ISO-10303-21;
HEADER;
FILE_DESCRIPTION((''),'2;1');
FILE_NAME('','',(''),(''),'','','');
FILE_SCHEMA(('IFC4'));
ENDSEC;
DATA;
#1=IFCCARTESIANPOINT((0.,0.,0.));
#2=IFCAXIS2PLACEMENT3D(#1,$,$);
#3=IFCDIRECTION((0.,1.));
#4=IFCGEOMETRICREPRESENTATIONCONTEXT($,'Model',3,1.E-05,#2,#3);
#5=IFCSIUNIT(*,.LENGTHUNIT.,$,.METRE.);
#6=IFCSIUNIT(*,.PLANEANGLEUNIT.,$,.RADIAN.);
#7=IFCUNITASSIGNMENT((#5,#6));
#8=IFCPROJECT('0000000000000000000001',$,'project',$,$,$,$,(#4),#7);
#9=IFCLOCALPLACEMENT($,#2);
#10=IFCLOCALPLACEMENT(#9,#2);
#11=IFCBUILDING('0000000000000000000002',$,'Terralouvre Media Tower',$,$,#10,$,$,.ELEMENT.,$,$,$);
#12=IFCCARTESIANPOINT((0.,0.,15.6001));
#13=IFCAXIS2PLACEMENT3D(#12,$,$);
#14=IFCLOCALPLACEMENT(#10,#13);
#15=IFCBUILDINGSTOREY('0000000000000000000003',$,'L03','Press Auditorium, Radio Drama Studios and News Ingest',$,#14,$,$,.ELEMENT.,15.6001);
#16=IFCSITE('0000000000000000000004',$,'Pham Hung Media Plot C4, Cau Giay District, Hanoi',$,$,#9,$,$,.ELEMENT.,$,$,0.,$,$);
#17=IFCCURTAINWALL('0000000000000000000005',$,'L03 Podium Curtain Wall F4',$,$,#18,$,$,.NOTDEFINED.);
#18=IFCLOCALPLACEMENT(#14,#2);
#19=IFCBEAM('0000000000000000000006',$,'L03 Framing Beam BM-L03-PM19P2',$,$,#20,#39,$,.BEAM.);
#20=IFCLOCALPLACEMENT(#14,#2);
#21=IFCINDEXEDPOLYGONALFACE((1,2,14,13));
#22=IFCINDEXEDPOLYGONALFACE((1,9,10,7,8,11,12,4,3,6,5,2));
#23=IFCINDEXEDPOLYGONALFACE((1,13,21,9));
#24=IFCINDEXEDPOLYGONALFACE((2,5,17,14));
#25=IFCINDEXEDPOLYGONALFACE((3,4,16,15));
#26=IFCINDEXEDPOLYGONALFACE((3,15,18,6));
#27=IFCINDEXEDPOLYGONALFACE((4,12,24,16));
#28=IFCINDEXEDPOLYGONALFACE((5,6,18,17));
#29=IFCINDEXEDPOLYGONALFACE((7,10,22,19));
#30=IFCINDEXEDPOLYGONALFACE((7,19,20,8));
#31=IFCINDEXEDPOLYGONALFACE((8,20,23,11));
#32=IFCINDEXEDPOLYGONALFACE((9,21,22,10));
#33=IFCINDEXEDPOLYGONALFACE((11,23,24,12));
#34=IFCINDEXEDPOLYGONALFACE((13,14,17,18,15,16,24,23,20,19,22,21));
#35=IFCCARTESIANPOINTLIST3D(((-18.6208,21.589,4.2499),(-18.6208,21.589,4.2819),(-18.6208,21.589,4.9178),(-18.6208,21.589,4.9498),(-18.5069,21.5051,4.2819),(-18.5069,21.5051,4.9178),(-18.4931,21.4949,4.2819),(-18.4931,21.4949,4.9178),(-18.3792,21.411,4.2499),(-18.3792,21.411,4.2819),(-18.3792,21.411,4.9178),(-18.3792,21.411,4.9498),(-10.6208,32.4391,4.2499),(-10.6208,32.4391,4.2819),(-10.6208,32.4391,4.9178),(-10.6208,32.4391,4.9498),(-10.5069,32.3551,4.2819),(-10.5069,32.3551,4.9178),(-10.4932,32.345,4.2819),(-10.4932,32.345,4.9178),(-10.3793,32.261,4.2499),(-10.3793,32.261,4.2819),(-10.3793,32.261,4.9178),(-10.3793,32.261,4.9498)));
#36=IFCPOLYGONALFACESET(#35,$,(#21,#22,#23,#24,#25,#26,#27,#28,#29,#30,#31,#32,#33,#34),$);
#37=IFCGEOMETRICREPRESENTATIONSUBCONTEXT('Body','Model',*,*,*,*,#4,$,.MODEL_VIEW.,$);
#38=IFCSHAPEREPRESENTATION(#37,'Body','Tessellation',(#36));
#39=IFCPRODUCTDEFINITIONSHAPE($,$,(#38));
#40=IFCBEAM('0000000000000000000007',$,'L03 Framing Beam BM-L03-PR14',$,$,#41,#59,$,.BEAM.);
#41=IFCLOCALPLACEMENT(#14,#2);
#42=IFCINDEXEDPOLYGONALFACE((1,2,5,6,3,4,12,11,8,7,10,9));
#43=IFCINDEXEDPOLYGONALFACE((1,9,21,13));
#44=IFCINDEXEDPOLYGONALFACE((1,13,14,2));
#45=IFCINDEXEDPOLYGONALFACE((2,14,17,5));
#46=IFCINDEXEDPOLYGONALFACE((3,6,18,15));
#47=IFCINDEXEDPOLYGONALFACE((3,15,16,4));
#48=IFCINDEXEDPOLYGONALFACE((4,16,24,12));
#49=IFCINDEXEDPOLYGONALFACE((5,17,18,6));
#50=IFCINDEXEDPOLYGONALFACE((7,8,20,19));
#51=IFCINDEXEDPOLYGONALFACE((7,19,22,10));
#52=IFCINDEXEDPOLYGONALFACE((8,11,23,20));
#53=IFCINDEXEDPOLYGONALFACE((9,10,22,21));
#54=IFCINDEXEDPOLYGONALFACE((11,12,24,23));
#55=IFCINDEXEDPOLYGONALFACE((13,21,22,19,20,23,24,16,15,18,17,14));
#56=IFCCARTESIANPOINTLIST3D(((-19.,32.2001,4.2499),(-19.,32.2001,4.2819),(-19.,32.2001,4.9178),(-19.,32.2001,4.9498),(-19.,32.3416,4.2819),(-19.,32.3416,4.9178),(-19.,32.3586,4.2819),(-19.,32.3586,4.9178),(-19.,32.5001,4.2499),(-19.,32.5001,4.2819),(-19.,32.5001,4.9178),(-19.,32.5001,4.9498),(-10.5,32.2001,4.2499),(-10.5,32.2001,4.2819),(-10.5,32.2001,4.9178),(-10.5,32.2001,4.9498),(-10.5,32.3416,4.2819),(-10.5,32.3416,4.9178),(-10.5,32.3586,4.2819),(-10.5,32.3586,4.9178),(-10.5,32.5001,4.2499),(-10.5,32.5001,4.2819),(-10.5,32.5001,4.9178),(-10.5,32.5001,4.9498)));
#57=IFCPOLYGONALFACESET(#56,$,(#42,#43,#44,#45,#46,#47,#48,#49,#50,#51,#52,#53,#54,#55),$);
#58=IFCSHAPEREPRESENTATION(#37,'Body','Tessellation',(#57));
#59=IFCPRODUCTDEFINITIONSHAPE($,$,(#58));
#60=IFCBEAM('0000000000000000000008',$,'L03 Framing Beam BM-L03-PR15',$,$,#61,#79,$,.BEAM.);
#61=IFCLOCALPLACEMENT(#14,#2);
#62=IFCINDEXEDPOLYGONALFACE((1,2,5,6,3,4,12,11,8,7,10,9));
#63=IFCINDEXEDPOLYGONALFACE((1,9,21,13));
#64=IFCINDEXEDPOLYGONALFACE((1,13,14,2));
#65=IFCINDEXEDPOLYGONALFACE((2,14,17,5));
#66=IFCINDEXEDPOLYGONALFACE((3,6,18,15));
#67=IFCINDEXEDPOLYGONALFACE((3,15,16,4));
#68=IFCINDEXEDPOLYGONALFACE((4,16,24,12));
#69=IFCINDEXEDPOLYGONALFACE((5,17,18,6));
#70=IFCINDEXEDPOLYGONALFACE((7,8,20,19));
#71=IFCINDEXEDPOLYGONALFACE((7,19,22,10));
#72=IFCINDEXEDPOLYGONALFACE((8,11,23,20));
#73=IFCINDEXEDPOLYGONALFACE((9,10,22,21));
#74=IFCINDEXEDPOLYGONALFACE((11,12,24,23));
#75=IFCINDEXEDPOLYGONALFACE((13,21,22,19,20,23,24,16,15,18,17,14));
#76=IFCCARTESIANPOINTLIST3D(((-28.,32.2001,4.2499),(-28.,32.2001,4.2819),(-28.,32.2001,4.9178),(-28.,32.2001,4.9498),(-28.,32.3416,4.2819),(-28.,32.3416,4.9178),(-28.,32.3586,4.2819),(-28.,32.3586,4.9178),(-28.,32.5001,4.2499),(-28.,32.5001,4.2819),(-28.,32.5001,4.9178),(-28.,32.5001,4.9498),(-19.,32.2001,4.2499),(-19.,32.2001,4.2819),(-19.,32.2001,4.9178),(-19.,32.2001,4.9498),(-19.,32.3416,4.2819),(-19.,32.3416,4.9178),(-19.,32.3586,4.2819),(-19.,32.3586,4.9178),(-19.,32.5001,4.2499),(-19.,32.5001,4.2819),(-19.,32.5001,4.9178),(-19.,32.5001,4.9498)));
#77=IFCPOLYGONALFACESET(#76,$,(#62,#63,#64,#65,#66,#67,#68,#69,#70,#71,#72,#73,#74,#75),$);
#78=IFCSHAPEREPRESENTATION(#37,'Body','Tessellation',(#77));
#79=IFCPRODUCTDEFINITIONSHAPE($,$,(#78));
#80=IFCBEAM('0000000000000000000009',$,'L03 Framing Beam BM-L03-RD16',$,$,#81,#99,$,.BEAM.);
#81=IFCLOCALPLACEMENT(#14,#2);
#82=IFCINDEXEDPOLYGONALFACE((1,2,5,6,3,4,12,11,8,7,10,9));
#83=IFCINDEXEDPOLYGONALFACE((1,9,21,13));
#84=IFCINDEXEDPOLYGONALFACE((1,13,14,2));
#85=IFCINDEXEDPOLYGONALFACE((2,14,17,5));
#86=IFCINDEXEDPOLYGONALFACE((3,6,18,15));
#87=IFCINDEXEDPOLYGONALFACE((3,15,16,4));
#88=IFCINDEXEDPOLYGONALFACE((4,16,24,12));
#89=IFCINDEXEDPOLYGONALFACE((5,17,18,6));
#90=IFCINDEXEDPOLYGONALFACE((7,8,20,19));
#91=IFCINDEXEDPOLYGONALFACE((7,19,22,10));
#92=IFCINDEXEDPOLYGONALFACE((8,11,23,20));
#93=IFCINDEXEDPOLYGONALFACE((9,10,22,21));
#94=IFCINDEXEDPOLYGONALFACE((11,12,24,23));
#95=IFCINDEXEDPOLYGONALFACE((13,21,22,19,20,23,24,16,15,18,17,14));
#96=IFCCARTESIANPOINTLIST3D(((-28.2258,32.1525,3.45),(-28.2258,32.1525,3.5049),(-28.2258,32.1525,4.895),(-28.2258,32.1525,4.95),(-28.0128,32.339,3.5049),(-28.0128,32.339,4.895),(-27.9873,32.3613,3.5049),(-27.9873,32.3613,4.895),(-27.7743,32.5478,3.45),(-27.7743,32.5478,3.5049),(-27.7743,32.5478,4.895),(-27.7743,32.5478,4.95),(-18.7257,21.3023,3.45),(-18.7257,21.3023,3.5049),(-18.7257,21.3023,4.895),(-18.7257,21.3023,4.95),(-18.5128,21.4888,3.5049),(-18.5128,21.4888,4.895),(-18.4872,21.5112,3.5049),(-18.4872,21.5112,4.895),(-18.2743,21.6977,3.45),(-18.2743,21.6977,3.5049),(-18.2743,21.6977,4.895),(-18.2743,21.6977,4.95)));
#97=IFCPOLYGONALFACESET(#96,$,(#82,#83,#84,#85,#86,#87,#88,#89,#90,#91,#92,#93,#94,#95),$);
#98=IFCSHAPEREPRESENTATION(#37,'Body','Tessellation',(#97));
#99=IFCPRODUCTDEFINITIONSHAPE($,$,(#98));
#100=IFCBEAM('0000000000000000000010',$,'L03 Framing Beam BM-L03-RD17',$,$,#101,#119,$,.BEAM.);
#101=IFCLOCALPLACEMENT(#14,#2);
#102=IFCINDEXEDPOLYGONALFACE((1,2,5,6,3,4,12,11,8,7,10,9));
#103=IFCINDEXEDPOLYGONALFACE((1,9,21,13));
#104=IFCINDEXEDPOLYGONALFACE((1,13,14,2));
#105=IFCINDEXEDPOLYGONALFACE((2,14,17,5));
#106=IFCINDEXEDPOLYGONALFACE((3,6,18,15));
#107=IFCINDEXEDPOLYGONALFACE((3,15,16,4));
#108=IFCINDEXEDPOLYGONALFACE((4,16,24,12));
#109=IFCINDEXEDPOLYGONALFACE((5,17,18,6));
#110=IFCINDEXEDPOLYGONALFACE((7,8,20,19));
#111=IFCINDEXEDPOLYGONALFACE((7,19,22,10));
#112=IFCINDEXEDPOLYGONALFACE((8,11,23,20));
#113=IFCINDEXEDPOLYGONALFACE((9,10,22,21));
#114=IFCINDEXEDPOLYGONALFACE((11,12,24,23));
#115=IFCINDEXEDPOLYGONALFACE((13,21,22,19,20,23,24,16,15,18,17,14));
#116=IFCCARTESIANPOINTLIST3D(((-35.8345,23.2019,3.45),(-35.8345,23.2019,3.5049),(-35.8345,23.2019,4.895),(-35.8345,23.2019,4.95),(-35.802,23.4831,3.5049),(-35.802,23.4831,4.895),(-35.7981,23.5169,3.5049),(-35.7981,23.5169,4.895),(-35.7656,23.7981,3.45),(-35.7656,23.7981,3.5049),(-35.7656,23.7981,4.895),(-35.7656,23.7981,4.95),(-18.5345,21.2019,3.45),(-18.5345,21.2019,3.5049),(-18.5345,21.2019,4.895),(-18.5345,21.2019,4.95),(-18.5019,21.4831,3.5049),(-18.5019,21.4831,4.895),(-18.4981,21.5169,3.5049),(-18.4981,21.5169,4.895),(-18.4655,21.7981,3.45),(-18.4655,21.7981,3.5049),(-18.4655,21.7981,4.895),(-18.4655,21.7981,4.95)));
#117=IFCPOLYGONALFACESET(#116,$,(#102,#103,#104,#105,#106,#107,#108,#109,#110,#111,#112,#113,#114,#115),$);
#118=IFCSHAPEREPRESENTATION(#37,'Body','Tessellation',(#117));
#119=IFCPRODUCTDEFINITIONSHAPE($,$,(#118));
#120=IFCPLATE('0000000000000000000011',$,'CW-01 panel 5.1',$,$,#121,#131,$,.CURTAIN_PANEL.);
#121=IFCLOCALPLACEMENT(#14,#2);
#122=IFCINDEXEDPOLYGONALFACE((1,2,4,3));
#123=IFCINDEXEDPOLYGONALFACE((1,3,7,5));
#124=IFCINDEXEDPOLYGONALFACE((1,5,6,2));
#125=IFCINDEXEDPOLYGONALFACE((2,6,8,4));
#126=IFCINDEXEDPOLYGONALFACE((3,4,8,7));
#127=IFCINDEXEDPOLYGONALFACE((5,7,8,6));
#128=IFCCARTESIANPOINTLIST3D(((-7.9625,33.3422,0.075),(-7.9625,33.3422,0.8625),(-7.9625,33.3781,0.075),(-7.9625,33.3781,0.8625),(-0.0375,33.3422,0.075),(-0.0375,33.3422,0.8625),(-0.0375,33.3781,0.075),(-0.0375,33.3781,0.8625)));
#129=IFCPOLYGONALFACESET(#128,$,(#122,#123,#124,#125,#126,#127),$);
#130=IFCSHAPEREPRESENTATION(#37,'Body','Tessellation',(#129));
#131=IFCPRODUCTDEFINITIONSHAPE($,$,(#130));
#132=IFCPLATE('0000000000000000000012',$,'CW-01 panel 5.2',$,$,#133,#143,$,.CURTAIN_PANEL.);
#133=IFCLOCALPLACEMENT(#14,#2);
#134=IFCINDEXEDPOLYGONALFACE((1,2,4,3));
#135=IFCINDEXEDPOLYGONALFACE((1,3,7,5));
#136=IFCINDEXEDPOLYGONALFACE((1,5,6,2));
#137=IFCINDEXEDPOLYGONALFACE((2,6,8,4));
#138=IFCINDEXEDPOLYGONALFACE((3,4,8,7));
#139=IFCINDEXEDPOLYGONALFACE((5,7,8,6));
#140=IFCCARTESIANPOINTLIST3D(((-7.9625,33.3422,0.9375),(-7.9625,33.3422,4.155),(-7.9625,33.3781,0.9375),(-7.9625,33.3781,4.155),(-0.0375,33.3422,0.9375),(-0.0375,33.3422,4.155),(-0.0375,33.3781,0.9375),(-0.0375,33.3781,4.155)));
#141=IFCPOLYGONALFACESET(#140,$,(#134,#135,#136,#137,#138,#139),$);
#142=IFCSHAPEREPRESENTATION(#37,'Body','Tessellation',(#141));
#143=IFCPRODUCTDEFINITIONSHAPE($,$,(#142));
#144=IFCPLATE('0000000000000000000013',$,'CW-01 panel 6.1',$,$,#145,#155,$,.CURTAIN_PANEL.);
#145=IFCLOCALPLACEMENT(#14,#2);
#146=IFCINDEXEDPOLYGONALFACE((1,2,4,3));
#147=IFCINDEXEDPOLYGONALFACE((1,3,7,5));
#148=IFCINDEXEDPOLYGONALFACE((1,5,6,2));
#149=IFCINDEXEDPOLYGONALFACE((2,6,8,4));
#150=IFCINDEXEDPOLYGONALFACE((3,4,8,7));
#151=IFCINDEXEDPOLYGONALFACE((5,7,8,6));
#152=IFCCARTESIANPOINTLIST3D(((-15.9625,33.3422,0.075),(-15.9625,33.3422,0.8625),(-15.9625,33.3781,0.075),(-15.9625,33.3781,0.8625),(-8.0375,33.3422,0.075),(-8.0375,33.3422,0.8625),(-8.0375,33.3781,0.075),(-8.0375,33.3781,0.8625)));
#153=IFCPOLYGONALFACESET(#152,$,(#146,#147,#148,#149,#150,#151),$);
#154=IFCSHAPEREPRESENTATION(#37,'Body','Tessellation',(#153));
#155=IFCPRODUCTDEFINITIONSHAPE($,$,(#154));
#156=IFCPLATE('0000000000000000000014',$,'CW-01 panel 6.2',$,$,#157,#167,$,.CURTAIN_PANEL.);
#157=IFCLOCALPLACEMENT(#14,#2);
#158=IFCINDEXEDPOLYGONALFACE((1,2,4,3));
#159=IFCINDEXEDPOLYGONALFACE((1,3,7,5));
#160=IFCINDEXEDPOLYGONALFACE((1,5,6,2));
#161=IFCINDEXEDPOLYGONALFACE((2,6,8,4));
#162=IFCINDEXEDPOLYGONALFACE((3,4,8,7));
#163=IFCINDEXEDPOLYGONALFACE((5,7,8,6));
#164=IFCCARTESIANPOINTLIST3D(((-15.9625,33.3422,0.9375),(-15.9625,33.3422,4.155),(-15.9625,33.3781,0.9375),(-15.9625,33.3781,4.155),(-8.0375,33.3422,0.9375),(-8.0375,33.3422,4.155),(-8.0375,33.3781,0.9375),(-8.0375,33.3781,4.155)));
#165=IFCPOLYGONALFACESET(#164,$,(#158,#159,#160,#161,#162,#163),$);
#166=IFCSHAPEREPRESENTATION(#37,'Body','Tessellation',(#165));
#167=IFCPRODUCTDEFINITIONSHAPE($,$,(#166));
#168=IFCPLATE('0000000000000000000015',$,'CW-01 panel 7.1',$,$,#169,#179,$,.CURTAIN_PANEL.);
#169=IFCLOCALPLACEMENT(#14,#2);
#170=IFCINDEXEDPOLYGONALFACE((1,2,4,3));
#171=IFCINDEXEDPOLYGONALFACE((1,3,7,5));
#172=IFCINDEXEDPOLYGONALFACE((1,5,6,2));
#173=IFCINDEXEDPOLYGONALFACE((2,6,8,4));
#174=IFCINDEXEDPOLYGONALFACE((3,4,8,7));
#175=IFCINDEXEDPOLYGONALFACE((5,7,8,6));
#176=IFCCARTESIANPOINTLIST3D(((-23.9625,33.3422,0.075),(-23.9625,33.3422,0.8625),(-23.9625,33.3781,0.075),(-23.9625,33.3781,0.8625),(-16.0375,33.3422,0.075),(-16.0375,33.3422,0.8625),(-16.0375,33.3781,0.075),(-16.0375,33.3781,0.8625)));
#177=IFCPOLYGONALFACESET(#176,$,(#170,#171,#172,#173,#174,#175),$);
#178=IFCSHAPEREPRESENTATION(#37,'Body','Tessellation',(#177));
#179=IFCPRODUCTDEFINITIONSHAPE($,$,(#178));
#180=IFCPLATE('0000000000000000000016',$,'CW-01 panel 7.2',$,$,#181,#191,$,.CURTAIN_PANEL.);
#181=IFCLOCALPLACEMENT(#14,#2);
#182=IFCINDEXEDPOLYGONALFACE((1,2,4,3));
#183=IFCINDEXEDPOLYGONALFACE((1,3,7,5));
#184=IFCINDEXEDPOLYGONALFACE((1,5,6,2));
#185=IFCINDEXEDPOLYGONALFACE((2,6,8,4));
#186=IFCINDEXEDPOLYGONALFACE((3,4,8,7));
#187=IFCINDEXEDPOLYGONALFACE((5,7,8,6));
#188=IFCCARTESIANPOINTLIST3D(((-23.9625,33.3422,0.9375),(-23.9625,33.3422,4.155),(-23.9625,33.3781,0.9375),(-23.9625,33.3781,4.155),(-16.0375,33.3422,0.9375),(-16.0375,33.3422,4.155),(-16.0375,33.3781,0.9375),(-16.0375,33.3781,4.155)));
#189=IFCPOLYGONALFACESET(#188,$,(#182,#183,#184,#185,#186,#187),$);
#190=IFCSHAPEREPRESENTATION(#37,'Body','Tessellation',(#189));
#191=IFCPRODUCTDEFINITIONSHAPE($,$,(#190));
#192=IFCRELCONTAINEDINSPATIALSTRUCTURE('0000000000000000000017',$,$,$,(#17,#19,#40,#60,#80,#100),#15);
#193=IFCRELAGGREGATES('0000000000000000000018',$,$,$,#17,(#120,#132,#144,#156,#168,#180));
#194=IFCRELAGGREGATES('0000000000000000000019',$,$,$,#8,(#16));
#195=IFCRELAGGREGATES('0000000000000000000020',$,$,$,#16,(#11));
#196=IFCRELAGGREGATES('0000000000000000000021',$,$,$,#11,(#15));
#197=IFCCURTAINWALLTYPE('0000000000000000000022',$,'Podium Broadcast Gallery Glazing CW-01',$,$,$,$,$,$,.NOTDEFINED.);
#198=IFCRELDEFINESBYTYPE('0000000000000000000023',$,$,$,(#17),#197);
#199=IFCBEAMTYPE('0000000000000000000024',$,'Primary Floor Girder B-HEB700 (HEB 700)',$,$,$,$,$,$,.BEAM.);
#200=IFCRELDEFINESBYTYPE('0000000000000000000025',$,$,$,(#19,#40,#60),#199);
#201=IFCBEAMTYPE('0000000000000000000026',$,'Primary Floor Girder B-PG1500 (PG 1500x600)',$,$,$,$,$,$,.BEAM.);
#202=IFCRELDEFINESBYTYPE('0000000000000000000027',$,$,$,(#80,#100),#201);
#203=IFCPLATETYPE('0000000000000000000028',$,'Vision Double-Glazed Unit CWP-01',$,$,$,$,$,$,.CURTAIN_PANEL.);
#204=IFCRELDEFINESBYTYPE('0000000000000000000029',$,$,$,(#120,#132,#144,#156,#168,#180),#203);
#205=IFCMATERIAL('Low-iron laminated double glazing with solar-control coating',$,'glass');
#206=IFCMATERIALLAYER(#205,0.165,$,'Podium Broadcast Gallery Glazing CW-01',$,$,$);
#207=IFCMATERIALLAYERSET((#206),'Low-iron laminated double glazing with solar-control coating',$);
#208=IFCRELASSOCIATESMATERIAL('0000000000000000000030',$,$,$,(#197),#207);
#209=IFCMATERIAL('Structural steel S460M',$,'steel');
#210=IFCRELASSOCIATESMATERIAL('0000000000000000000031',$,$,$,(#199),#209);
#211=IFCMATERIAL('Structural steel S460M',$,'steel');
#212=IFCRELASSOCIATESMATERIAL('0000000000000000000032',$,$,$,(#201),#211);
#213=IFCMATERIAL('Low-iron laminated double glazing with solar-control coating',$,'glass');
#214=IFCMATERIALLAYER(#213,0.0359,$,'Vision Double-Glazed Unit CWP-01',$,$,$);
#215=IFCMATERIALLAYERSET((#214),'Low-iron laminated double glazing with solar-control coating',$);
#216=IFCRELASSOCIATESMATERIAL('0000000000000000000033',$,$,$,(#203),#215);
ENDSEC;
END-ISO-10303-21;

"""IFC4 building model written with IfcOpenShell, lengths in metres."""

from ifc_helpers import new_model, si_unit, direction, frame, origin, origin_2d, place, context, subcontext, project, spatial, rectangle, i_section, extrude, material, layer, layer_set, material_profile, profile_set, type_object, element, aggregate, save


model = new_model("IFC4")

# Units and contexts
model_context = context("Model", 3, precision=1e-05, world=origin(), true_north=direction((0.0, 1.0)))
body_context = subcontext(model_context, "Body", "Model", "MODEL_VIEW")
ifc_project = project(units=[si_unit("LENGTHUNIT", "METRE"), si_unit("PLANEANGLEUNIT", "RADIAN")], contexts=[model_context])

# Site, building, storey
site_placement = place(None, origin())
site = spatial("IfcSite", under=ifc_project, at=site_placement, Name="Pham Hung Media Plot C4, Cau Giay District, Hanoi", CompositionType="ELEMENT", RefElevation=0.0)
building_placement = place(site_placement, origin())
building = spatial("IfcBuilding", under=site, at=building_placement, Name="Terralouvre Media Tower", CompositionType="ELEMENT")
storey_placement = place(building_placement, frame((0.0, 0.0, 15.6001)))
storey = spatial("IfcBuildingStorey", under=building, at=storey_placement, Name="L03", Description="Press Auditorium, Radio Drama Studios and News Ingest", CompositionType="ELEMENT", Elevation=15.6001)

# Curtain wall
ifc_material_1 = material(Name="Low-iron laminated double glazing with solar-control coating", Category="glass")
ifc_layer_1 = layer(ifc_material_1, 0.165, Name="Podium Broadcast Gallery Glazing CW-01")
ifc_layer_set_1 = layer_set([ifc_layer_1], Name="Low-iron laminated double glazing with solar-control coating")
curtain_wall_type = type_object("IfcCurtainWallType", Name="Podium Broadcast Gallery Glazing CW-01", PredefinedType="NOTDEFINED", material=ifc_layer_set_1)
curtain_wall_placement = place(storey_placement, origin())
curtain_wall = element("IfcCurtainWall", 1, at=curtain_wall_placement, inside=storey, type_object=curtain_wall_type, Name="L03 Podium Curtain Wall F4", PredefinedType="NOTDEFINED")

# Beams
ifc_material_2 = material(Name="Structural steel S460M", Category="steel")
ifc_material_profile_1 = material_profile(ifc_material_2, i_section(OverallWidth=0.3, OverallDepth=0.7, WebThickness=0.0171, FlangeThickness=0.032, at=origin_2d()), Name="HEB 700")
ifc_profile_set_1 = profile_set([ifc_material_profile_1], Name="Structural steel S460M")
beam_type_1 = type_object("IfcBeamType", Name="Primary Floor Girder B-HEB700 (HEB 700)", PredefinedType="BEAM", material=ifc_profile_set_1)
beam_1_placement = place(storey_placement, frame((-18.5, 21.5, 4.5999), z_axis=(0.593449, 0.804872, 0.0), x_axis=(-0.804872, 0.593449, 0.0)))
element("IfcBeam", 2, at=beam_1_placement, inside=storey, type_object=beam_type_1, Name="L03 Framing Beam BM-L03-PM19P2", PredefinedType="BEAM", context=body_context, shape_type="SweptSolid", body=[
    extrude(i_section(OverallWidth=0.3, OverallDepth=0.7, WebThickness=0.0171, FlangeThickness=0.032, at=origin_2d()), origin(), (0.0, 0.0, 1.0), 13.4805),
])
beam_2_placement = place(storey_placement, frame((-10.5, 32.3501, 4.5999), z_axis=(-1.0, 0.0, 0.0), x_axis=(0.0, -1.0, 0.0)))
element("IfcBeam", 3, at=beam_2_placement, inside=storey, type_object=beam_type_1, Name="L03 Framing Beam BM-L03-PR14", PredefinedType="BEAM", context=body_context, shape_type="SweptSolid", body=[
    extrude(i_section(OverallWidth=0.3, OverallDepth=0.7, WebThickness=0.0171, FlangeThickness=0.032, at=origin_2d()), origin(), (0.0, 0.0, 1.0), 8.5),
])
beam_3_placement = place(storey_placement, frame((-19.0, 32.3501, 4.5999), z_axis=(-1.0, 0.0, 0.0), x_axis=(0.0, -1.0, 0.0)))
element("IfcBeam", 4, at=beam_3_placement, inside=storey, type_object=beam_type_1, Name="L03 Framing Beam BM-L03-PR15", PredefinedType="BEAM", context=body_context, shape_type="SweptSolid", body=[
    extrude(i_section(OverallWidth=0.3, OverallDepth=0.7, WebThickness=0.0171, FlangeThickness=0.032, at=origin_2d()), origin(), (0.0, 0.0, 1.0), 9.0),
])
ifc_material_3 = material(Name="Structural steel S460M", Category="steel")
ifc_material_profile_2 = material_profile(ifc_material_3, i_section(OverallWidth=0.6001, OverallDepth=1.5, WebThickness=0.0339, FlangeThickness=0.0549, at=origin_2d()), Name="PG 1500x600")
ifc_profile_set_2 = profile_set([ifc_material_profile_2], Name="Structural steel S460M")
beam_type_2 = type_object("IfcBeamType", Name="Primary Floor Girder B-PG1500 (PG 1500x600)", PredefinedType="BEAM", material=ifc_profile_set_2)
beam_4_placement = place(storey_placement, frame((-18.5, 21.5, 4.2), z_axis=(-0.658747, 0.752365, 0.0), x_axis=(-0.752365, -0.658747, 0.0)))
element("IfcBeam", 5, at=beam_4_placement, inside=storey, type_object=beam_type_2, Name="L03 Framing Beam BM-L03-RD16", PredefinedType="BEAM", context=body_context, shape_type="SweptSolid", body=[
    extrude(i_section(OverallWidth=0.6001, OverallDepth=1.5, WebThickness=0.0339, FlangeThickness=0.0549, at=origin_2d()), origin(), (0.0, 0.0, 1.0), 14.4214),
])
beam_5_placement = place(storey_placement, frame((-18.5, 21.5, 4.2), z_axis=(-0.993384, 0.114842, 0.0), x_axis=(-0.114842, -0.993384, 0.0)))
element("IfcBeam", 6, at=beam_5_placement, inside=storey, type_object=beam_type_2, Name="L03 Framing Beam BM-L03-RD17", PredefinedType="BEAM", context=body_context, shape_type="SweptSolid", body=[
    extrude(i_section(OverallWidth=0.6001, OverallDepth=1.5, WebThickness=0.0339, FlangeThickness=0.0549, at=origin_2d()), origin(), (0.0, 0.0, 1.0), 17.4153),
])

# Plates
ifc_material_4 = material(Name="Low-iron laminated double glazing with solar-control coating", Category="glass")
ifc_layer_2 = layer(ifc_material_4, 0.0359, Name="Vision Double-Glazed Unit CWP-01")
ifc_layer_set_2 = layer_set([ifc_layer_2], Name="Low-iron laminated double glazing with solar-control coating")
plate_type = type_object("IfcPlateType", Name="Vision Double-Glazed Unit CWP-01", PredefinedType="CURTAIN_PANEL", material=ifc_layer_set_2)
plate_1_placement = place(storey_placement, frame((-4.0, 33.3601, 0.075), z_axis=(0.0, 0.0, 1.0), x_axis=(-1.0, 0.0, 0.0)))
plate_1 = element("IfcPlate", 7, at=plate_1_placement, type_object=plate_type, Name="CW-01 panel 5.1", PredefinedType="CURTAIN_PANEL", context=body_context, shape_type="SweptSolid", body=[
    extrude(rectangle(XDim=7.925, YDim=0.0359, at=origin_2d()), origin(), (0.0, 0.0, 1.0), 0.7876),
])
plate_2_placement = place(storey_placement, frame((-4.0, 33.3601, 0.9375), z_axis=(0.0, 0.0, 1.0), x_axis=(-1.0, 0.0, 0.0)))
plate_2 = element("IfcPlate", 8, at=plate_2_placement, type_object=plate_type, Name="CW-01 panel 5.2", PredefinedType="CURTAIN_PANEL", context=body_context, shape_type="SweptSolid", body=[
    extrude(rectangle(XDim=7.925, YDim=0.0359, at=origin_2d()), origin(), (0.0, 0.0, 1.0), 3.2175),
])
plate_3_placement = place(storey_placement, frame((-12.0, 33.3601, 0.075), z_axis=(0.0, 0.0, 1.0), x_axis=(-1.0, 0.0, 0.0)))
plate_3 = element("IfcPlate", 9, at=plate_3_placement, type_object=plate_type, Name="CW-01 panel 6.1", PredefinedType="CURTAIN_PANEL", context=body_context, shape_type="SweptSolid", body=[
    extrude(rectangle(XDim=7.925, YDim=0.0359, at=origin_2d()), origin(), (0.0, 0.0, 1.0), 0.7876),
])
plate_4_placement = place(storey_placement, frame((-12.0, 33.3601, 0.9375), z_axis=(0.0, 0.0, 1.0), x_axis=(-1.0, 0.0, 0.0)))
plate_4 = element("IfcPlate", 10, at=plate_4_placement, type_object=plate_type, Name="CW-01 panel 6.2", PredefinedType="CURTAIN_PANEL", context=body_context, shape_type="SweptSolid", body=[
    extrude(rectangle(XDim=7.925, YDim=0.0359, at=origin_2d()), origin(), (0.0, 0.0, 1.0), 3.2175),
])
plate_5_placement = place(storey_placement, frame((-20.0, 33.3601, 0.075), z_axis=(0.0, 0.0, 1.0), x_axis=(-1.0, 0.0, 0.0)))
plate_5 = element("IfcPlate", 11, at=plate_5_placement, type_object=plate_type, Name="CW-01 panel 7.1", PredefinedType="CURTAIN_PANEL", context=body_context, shape_type="SweptSolid", body=[
    extrude(rectangle(XDim=7.925, YDim=0.0359, at=origin_2d()), origin(), (0.0, 0.0, 1.0), 0.7876),
])
plate_6_placement = place(storey_placement, frame((-20.0, 33.3601, 0.9375), z_axis=(0.0, 0.0, 1.0), x_axis=(-1.0, 0.0, 0.0)))
plate_6 = element("IfcPlate", 12, at=plate_6_placement, type_object=plate_type, Name="CW-01 panel 7.2", PredefinedType="CURTAIN_PANEL", context=body_context, shape_type="SweptSolid", body=[
    extrude(rectangle(XDim=7.925, YDim=0.0359, at=origin_2d()), origin(), (0.0, 0.0, 1.0), 3.2175),
])
aggregate(curtain_wall, [plate_1, plate_2, plate_3, plate_4, plate_5, plate_6])

save(model, "model.ifc")
